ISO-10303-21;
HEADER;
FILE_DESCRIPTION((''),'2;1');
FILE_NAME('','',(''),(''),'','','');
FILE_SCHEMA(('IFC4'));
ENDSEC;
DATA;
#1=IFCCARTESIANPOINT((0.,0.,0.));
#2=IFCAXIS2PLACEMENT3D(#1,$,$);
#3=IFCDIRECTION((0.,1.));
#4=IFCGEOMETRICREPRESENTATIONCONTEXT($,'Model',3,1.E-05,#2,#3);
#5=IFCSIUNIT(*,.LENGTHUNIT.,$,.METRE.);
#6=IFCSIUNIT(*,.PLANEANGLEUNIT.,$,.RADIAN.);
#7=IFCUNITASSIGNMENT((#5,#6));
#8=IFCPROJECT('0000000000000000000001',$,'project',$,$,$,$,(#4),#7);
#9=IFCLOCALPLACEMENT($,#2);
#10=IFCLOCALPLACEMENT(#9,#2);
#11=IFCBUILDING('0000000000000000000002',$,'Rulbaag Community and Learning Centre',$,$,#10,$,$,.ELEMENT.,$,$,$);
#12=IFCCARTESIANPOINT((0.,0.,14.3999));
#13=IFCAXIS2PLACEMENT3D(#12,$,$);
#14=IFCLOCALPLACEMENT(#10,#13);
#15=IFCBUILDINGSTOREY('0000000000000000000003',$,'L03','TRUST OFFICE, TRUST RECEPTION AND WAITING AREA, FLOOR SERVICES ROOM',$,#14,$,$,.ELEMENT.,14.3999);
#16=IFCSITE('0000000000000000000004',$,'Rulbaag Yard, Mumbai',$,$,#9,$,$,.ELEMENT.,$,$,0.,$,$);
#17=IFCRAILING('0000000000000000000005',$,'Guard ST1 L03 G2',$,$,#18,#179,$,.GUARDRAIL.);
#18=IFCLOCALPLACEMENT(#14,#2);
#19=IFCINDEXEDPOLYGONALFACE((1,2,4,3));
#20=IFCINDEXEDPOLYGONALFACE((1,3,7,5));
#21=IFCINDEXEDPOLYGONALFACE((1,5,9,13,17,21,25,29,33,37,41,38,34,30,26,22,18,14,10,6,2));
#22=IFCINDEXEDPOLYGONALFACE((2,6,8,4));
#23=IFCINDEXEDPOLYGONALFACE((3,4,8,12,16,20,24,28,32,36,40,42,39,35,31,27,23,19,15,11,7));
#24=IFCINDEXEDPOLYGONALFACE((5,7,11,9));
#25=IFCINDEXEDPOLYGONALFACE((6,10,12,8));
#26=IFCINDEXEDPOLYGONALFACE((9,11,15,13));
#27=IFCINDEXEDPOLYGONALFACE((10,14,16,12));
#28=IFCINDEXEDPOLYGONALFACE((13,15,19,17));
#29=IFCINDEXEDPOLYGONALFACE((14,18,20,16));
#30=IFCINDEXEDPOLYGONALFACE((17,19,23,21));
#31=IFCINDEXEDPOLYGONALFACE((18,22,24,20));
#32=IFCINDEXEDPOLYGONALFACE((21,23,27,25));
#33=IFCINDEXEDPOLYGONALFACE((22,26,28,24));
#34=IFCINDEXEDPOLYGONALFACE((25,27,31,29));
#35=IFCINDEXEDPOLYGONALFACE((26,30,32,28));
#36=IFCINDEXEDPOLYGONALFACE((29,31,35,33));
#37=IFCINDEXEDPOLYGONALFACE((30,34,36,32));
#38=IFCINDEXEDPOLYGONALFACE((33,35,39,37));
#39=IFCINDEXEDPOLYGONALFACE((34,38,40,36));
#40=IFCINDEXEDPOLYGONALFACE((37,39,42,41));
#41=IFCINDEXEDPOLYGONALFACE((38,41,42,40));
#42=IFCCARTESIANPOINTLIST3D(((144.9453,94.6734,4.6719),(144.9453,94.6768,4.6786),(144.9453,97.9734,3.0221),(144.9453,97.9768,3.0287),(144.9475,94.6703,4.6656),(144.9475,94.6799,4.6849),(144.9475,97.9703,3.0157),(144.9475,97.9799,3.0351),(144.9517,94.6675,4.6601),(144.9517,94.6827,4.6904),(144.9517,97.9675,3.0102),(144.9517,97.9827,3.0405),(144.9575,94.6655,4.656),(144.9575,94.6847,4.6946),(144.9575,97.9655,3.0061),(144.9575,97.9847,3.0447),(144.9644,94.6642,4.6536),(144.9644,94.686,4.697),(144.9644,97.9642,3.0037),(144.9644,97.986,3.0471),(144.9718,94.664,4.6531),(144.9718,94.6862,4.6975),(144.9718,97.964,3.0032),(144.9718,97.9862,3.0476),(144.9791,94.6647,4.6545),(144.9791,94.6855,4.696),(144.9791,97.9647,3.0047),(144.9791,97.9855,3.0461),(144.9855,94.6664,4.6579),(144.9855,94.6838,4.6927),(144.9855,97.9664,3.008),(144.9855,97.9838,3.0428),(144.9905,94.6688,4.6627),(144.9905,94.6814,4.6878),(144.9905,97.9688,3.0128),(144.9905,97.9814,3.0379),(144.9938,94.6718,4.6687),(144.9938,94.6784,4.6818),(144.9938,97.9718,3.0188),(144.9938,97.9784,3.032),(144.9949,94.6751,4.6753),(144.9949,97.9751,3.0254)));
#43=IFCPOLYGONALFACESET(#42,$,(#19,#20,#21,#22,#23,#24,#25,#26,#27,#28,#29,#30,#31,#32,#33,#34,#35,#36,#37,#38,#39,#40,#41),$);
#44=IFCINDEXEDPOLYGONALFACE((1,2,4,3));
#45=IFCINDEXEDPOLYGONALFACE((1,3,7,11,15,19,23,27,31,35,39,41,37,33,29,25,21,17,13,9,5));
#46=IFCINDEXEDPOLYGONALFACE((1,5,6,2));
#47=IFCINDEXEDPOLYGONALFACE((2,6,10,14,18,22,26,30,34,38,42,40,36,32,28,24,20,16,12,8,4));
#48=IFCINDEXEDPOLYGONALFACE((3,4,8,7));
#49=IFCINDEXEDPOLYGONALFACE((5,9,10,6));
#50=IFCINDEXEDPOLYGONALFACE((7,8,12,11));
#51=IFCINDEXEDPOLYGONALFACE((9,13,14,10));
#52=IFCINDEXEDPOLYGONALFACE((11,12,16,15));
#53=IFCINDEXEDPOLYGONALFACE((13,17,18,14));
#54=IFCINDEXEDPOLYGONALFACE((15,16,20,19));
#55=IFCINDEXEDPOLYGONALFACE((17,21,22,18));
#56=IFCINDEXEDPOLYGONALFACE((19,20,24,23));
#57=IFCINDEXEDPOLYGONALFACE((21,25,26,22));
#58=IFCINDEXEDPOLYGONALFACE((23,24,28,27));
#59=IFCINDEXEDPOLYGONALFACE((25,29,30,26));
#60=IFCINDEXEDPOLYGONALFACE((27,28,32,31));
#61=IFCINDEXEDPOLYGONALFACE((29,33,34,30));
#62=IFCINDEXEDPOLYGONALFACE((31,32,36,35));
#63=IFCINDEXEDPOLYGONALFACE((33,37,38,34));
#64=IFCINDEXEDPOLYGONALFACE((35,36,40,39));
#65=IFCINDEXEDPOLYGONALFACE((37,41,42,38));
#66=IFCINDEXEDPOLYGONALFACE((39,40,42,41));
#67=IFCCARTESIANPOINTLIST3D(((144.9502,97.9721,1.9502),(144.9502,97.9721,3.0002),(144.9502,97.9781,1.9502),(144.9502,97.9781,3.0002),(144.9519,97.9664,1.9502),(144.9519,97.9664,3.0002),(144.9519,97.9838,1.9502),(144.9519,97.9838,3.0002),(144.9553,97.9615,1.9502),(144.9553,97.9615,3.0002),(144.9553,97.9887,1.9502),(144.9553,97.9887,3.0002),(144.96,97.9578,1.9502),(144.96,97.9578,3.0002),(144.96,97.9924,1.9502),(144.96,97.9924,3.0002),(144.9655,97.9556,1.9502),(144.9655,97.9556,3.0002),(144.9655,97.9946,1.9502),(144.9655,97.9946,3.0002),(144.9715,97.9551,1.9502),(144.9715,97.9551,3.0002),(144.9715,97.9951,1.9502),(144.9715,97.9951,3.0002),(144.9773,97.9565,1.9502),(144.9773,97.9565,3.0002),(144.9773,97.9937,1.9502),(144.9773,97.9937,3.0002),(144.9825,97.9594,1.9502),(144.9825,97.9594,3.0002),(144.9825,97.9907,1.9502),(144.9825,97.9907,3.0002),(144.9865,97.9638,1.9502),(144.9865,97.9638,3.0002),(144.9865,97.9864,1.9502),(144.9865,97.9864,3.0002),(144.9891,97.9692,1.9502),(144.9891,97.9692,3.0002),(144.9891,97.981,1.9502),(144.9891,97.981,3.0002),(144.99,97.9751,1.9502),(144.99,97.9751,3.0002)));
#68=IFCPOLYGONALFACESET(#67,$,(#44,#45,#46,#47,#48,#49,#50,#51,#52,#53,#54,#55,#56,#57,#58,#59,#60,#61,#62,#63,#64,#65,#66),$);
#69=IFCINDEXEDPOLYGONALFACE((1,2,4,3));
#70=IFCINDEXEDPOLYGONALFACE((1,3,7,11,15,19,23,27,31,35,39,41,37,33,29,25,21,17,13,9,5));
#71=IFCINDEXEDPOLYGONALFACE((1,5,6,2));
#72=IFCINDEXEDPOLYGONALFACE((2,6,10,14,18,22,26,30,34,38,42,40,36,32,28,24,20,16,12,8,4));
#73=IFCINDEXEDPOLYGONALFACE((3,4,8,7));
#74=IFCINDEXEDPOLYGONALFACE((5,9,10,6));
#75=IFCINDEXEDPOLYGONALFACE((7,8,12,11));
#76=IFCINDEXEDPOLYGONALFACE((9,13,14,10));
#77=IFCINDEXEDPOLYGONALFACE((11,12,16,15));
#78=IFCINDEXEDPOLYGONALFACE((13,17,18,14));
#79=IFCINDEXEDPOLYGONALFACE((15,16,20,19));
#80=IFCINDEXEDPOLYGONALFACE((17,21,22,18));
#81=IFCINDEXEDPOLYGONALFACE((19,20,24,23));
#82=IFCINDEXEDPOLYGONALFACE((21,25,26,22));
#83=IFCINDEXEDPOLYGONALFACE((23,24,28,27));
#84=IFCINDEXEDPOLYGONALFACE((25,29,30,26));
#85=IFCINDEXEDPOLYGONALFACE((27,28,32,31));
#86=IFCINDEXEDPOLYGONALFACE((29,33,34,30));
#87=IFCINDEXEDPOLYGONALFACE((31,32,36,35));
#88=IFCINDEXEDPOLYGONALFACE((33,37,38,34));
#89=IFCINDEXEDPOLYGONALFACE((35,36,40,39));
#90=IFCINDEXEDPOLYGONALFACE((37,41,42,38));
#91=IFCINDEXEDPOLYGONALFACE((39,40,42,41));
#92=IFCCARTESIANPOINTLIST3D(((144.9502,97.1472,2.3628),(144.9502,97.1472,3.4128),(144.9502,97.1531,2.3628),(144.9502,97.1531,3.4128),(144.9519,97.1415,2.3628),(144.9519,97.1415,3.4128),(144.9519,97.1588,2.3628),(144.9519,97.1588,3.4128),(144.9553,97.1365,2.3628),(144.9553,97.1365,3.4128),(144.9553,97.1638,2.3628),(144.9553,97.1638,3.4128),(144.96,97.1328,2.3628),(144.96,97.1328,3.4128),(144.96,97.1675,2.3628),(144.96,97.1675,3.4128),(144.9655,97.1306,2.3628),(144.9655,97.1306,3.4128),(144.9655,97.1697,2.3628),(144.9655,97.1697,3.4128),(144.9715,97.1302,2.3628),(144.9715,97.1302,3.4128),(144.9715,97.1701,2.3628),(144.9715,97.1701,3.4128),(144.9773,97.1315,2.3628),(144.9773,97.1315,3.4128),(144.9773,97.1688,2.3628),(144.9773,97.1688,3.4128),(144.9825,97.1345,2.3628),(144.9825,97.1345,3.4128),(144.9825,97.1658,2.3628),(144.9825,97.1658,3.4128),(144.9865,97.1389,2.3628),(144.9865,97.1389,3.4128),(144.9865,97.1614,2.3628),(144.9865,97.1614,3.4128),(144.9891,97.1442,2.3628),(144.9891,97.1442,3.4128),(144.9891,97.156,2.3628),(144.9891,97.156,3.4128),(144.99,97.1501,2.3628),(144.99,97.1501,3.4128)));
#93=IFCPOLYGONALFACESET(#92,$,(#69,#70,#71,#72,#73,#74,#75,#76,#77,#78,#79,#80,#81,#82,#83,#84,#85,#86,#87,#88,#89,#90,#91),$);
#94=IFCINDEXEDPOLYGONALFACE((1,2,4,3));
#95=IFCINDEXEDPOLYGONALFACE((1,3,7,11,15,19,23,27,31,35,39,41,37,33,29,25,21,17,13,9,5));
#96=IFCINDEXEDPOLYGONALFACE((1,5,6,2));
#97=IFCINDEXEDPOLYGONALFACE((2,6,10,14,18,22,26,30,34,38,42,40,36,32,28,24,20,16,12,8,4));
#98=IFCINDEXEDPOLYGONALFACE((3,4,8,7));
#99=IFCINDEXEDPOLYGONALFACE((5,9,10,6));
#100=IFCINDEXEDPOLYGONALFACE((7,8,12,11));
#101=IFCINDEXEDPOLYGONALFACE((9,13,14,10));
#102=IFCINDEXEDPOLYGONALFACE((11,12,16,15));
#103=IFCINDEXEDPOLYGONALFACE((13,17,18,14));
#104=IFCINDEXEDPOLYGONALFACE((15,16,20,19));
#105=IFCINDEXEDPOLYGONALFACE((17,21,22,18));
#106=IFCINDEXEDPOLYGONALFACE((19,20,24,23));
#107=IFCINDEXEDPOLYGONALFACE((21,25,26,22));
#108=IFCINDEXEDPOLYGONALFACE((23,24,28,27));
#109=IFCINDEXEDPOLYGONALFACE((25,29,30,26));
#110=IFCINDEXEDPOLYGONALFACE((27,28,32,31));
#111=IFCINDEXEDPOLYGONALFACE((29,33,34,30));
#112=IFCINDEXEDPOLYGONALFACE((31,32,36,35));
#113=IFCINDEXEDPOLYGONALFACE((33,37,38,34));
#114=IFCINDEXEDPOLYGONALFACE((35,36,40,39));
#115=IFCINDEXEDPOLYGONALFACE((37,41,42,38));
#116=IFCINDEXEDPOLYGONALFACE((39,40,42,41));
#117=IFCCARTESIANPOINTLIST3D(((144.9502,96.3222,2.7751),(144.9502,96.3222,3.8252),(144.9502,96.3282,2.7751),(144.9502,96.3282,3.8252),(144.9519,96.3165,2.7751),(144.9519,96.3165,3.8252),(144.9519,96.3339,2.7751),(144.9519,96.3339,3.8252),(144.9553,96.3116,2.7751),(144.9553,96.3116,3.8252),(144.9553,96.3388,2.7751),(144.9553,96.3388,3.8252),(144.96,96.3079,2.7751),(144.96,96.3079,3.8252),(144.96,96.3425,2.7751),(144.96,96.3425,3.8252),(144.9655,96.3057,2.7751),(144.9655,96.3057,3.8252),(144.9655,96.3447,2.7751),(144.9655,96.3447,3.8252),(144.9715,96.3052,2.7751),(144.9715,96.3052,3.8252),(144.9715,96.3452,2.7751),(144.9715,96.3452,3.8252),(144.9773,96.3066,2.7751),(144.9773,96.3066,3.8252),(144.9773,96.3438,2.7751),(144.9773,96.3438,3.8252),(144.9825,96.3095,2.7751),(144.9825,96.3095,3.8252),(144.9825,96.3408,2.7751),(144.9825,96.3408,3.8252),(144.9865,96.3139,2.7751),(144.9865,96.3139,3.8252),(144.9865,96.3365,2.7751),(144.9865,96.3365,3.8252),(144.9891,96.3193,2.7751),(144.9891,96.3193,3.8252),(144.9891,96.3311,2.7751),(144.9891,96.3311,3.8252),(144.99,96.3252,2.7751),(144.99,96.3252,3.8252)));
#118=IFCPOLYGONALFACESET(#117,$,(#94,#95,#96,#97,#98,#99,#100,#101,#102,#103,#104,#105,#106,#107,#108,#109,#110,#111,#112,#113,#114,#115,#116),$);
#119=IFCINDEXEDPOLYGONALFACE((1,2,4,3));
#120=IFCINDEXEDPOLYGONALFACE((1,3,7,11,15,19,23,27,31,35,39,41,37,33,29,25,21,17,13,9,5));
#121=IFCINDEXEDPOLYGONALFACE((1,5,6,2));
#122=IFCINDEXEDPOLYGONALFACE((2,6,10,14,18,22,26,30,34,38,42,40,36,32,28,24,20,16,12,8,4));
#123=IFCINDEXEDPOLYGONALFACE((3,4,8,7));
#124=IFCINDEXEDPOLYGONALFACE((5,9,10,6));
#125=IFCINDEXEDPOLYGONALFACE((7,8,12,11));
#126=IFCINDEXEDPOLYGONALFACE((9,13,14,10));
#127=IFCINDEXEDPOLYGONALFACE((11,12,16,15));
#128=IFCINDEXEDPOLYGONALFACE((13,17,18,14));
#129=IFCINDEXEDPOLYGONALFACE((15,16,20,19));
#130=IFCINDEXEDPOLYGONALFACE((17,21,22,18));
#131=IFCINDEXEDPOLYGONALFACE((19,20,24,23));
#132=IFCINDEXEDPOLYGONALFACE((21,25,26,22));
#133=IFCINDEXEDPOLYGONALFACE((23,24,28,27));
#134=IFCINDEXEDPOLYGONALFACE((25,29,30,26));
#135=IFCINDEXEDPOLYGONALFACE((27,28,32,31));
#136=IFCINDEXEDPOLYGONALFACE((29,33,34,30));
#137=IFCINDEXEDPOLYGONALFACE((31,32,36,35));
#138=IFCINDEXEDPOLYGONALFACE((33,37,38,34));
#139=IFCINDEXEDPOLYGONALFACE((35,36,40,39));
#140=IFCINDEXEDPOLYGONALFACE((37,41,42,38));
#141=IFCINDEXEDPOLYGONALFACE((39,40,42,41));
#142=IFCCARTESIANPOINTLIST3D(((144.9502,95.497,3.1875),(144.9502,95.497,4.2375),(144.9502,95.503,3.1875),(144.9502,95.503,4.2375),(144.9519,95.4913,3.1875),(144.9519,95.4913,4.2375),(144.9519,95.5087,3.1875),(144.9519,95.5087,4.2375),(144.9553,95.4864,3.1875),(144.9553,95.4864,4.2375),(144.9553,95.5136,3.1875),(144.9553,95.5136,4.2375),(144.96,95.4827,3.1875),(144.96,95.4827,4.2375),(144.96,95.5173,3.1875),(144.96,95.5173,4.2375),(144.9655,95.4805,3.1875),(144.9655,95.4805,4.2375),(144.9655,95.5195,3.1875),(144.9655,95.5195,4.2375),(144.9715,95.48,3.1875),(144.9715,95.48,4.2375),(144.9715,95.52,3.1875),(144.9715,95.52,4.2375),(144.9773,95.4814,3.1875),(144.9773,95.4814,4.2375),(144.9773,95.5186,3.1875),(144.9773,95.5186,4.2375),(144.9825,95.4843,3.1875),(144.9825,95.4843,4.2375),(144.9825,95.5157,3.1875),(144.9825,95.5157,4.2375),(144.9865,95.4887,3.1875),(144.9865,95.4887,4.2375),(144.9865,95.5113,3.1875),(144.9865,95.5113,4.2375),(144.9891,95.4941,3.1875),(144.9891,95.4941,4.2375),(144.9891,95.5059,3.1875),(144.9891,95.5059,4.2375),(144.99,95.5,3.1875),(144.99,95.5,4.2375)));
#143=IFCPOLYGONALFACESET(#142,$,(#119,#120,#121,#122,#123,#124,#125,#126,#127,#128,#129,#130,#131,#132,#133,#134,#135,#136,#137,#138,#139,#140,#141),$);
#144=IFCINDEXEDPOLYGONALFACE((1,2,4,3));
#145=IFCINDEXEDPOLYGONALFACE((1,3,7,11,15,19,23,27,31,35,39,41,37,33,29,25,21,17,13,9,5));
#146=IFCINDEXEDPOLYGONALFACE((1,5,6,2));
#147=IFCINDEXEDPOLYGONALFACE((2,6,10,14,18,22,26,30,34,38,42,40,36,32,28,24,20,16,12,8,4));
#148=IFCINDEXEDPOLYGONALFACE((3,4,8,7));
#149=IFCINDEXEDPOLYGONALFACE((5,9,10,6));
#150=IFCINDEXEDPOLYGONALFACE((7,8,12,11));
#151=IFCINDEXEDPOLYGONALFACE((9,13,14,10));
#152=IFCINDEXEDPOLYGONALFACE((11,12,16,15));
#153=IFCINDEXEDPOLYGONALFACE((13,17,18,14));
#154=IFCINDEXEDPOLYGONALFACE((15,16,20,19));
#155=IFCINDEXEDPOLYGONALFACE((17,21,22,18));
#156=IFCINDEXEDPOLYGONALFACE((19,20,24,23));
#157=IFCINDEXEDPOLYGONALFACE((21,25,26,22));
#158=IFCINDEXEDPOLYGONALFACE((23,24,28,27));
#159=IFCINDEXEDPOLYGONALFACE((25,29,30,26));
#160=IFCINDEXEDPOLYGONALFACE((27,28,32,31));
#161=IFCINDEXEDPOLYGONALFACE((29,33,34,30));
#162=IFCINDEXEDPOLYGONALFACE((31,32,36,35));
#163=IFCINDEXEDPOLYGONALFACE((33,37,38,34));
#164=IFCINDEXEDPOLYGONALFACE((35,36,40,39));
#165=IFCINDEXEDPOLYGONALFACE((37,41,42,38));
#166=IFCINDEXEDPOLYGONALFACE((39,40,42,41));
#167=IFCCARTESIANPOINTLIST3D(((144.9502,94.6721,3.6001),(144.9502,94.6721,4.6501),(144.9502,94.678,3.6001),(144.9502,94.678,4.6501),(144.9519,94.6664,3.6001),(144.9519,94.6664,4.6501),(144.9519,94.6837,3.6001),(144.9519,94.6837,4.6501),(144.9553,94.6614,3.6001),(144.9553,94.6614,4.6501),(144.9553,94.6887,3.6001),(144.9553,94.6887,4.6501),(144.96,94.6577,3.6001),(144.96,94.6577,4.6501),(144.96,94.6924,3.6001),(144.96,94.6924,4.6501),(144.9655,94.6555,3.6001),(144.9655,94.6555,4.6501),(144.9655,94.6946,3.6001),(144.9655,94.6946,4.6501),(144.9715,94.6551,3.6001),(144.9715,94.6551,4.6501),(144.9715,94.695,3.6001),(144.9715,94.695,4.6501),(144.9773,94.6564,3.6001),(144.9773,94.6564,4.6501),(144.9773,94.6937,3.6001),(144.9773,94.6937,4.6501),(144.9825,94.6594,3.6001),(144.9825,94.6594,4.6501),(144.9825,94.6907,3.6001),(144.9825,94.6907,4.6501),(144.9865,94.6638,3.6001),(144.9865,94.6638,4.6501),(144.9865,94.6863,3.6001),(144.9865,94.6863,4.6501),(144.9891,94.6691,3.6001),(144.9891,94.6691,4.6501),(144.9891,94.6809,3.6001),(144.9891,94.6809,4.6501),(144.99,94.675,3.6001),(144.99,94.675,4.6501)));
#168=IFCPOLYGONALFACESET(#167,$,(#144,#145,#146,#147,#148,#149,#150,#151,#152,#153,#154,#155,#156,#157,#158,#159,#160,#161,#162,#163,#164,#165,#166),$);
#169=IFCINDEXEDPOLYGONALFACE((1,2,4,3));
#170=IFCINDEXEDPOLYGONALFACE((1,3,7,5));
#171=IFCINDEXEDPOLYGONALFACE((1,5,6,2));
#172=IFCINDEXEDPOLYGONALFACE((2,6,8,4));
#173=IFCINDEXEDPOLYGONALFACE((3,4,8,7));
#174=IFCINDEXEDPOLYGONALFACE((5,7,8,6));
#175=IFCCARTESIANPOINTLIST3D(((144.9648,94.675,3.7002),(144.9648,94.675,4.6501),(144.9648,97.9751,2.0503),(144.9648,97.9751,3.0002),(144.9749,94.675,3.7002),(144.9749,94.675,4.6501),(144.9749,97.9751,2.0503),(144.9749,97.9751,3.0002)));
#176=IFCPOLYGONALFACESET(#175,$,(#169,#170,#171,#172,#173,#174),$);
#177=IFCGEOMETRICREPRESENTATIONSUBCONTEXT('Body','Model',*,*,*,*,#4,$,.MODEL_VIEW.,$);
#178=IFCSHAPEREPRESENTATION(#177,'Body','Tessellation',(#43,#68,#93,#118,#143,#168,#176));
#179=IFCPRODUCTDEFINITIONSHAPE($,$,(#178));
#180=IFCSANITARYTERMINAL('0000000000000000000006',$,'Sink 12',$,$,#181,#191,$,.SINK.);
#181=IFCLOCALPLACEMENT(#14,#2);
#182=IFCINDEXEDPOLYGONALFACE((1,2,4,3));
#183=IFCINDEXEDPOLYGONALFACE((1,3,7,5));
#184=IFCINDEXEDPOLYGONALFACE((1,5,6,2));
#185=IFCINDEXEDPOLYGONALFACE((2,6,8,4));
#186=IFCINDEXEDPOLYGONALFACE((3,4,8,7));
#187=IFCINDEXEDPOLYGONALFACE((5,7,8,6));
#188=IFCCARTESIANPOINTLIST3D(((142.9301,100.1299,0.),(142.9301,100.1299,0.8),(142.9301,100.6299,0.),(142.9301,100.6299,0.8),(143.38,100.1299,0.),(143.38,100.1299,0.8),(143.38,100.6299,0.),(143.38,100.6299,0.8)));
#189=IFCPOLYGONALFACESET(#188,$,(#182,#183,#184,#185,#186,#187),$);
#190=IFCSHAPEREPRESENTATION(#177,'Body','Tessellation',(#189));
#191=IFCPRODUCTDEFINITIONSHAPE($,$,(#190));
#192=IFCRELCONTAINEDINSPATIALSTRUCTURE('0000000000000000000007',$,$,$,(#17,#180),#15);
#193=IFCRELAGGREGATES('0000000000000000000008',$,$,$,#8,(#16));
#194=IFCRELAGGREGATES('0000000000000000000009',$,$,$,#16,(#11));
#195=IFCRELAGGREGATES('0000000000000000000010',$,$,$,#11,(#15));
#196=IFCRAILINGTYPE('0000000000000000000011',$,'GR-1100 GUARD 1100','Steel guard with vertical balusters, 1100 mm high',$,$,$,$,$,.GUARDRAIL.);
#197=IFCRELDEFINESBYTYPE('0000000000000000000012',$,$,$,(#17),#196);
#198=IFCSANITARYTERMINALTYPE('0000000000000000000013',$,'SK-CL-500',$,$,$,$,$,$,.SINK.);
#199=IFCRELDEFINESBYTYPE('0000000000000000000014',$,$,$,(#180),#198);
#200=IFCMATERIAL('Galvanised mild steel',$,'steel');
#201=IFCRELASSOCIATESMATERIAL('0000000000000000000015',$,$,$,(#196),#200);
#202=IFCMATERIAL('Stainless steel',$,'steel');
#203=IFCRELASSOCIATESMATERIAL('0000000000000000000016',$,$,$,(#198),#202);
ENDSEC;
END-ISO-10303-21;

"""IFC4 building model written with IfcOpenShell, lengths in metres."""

from ifc_helpers import new_model, si_unit, direction, frame, origin, origin_2d, place, context, subcontext, project, spatial, polyline, rectangle, circle, outline, extrude, material, type_object, element, save


model = new_model("IFC4")

# Units and contexts
model_context = context("Model", 3, precision=1e-05, world=origin(), true_north=direction((0.0, 1.0)))
body_context = subcontext(model_context, "Body", "Model", "MODEL_VIEW")
ifc_project = project(units=[si_unit("LENGTHUNIT", "METRE"), si_unit("PLANEANGLEUNIT", "RADIAN")], contexts=[model_context])

# Site, building, storey
site_placement = place(None, origin())
site = spatial("IfcSite", under=ifc_project, at=site_placement, Name="Rulbaag Yard, Mumbai", CompositionType="ELEMENT", RefElevation=0.0)
building_placement = place(site_placement, origin())
building = spatial("IfcBuilding", under=site, at=building_placement, Name="Rulbaag Community and Learning Centre", CompositionType="ELEMENT")
storey_placement = place(building_placement, frame((0.0, 0.0, 14.3999)))
storey = spatial("IfcBuildingStorey", under=building, at=storey_placement, Name="L03", Description="TRUST OFFICE, TRUST RECEPTION AND WAITING AREA, FLOOR SERVICES ROOM", CompositionType="ELEMENT", Elevation=14.3999)

# Railing
ifc_material_1 = material(Name="Galvanised mild steel", Category="steel")
railing_type_1 = type_object("IfcRailingType", Name="GR-1100 GUARD 1100", Description="Steel guard with vertical balusters, 1100 mm high", PredefinedType="GUARDRAIL", material=ifc_material_1)
railing_1_placement = place(storey_placement, frame((144.97, 97.9751, 1.9502)))
element("IfcRailing", 1, at=railing_1_placement, inside=storey, type_object=railing_type_1, Name="Guard ST1 L03 G2", PredefinedType="GUARDRAIL", context=body_context, shape_type="SweptSolid", body=[
    extrude(circle(Radius=0.0249, at=origin_2d()), frame((0.0, 0.0, 1.0752), z_axis=(0.0, -0.89444, 0.447187), x_axis=(1.0, 0.0, 0.0)), (0.0, 0.0, 1.0), 3.6895),
    extrude(circle(Radius=0.02, at=origin_2d()), origin(), (0.0, 0.0, 1.0), 1.05),
    extrude(circle(Radius=0.02, at=origin_2d()), frame((0.0, -0.825, 0.4126)), (0.0, 0.0, 1.0), 1.05),
    extrude(circle(Radius=0.02, at=origin_2d()), frame((0.0, -1.6499, 0.825)), (0.0, 0.0, 1.0), 1.05),
    extrude(circle(Radius=0.02, at=origin_2d()), frame((0.0, -2.4751, 1.2373)), (0.0, 0.0, 1.0), 1.05),
    extrude(circle(Radius=0.02, at=origin_2d()), frame((0.0, -3.3, 1.6499)), (0.0, 0.0, 1.0), 1.05),
    extrude(outline(polyline([(0.0, 0.0), (3.3, 1.6499), (3.3, 2.5999), (0.0, 0.95), (0.0, 0.0)])), frame((0.0049, 0.0, 0.1001), z_axis=(-1.0, 0.0, 0.0), x_axis=(0.0, -1.0, 0.0)), (0.0, 0.0, 1.0), 0.01),
])

# Sanitary terminal
ifc_material_2 = material(Name="Stainless steel", Category="steel")
sanitary_terminal_type = type_object("IfcSanitaryTerminalType", Name="SK-CL-500", PredefinedType="SINK", material=ifc_material_2)
sanitary_terminal_placement = place(storey_placement, frame((143.155, 100.3799, 0.0), z_axis=(0.0, 0.0, 1.0), x_axis=(1.0, 0.0, 0.0)))
element("IfcSanitaryTerminal", 2, at=sanitary_terminal_placement, inside=storey, type_object=sanitary_terminal_type, Name="Sink 12", PredefinedType="SINK", context=body_context, shape_type="SweptSolid", body=[
    extrude(rectangle(XDim=0.45, YDim=0.5, at=origin_2d()), origin(), (0.0, 0.0, 1.0), 0.8),
])

save(model, "model.ifc")
